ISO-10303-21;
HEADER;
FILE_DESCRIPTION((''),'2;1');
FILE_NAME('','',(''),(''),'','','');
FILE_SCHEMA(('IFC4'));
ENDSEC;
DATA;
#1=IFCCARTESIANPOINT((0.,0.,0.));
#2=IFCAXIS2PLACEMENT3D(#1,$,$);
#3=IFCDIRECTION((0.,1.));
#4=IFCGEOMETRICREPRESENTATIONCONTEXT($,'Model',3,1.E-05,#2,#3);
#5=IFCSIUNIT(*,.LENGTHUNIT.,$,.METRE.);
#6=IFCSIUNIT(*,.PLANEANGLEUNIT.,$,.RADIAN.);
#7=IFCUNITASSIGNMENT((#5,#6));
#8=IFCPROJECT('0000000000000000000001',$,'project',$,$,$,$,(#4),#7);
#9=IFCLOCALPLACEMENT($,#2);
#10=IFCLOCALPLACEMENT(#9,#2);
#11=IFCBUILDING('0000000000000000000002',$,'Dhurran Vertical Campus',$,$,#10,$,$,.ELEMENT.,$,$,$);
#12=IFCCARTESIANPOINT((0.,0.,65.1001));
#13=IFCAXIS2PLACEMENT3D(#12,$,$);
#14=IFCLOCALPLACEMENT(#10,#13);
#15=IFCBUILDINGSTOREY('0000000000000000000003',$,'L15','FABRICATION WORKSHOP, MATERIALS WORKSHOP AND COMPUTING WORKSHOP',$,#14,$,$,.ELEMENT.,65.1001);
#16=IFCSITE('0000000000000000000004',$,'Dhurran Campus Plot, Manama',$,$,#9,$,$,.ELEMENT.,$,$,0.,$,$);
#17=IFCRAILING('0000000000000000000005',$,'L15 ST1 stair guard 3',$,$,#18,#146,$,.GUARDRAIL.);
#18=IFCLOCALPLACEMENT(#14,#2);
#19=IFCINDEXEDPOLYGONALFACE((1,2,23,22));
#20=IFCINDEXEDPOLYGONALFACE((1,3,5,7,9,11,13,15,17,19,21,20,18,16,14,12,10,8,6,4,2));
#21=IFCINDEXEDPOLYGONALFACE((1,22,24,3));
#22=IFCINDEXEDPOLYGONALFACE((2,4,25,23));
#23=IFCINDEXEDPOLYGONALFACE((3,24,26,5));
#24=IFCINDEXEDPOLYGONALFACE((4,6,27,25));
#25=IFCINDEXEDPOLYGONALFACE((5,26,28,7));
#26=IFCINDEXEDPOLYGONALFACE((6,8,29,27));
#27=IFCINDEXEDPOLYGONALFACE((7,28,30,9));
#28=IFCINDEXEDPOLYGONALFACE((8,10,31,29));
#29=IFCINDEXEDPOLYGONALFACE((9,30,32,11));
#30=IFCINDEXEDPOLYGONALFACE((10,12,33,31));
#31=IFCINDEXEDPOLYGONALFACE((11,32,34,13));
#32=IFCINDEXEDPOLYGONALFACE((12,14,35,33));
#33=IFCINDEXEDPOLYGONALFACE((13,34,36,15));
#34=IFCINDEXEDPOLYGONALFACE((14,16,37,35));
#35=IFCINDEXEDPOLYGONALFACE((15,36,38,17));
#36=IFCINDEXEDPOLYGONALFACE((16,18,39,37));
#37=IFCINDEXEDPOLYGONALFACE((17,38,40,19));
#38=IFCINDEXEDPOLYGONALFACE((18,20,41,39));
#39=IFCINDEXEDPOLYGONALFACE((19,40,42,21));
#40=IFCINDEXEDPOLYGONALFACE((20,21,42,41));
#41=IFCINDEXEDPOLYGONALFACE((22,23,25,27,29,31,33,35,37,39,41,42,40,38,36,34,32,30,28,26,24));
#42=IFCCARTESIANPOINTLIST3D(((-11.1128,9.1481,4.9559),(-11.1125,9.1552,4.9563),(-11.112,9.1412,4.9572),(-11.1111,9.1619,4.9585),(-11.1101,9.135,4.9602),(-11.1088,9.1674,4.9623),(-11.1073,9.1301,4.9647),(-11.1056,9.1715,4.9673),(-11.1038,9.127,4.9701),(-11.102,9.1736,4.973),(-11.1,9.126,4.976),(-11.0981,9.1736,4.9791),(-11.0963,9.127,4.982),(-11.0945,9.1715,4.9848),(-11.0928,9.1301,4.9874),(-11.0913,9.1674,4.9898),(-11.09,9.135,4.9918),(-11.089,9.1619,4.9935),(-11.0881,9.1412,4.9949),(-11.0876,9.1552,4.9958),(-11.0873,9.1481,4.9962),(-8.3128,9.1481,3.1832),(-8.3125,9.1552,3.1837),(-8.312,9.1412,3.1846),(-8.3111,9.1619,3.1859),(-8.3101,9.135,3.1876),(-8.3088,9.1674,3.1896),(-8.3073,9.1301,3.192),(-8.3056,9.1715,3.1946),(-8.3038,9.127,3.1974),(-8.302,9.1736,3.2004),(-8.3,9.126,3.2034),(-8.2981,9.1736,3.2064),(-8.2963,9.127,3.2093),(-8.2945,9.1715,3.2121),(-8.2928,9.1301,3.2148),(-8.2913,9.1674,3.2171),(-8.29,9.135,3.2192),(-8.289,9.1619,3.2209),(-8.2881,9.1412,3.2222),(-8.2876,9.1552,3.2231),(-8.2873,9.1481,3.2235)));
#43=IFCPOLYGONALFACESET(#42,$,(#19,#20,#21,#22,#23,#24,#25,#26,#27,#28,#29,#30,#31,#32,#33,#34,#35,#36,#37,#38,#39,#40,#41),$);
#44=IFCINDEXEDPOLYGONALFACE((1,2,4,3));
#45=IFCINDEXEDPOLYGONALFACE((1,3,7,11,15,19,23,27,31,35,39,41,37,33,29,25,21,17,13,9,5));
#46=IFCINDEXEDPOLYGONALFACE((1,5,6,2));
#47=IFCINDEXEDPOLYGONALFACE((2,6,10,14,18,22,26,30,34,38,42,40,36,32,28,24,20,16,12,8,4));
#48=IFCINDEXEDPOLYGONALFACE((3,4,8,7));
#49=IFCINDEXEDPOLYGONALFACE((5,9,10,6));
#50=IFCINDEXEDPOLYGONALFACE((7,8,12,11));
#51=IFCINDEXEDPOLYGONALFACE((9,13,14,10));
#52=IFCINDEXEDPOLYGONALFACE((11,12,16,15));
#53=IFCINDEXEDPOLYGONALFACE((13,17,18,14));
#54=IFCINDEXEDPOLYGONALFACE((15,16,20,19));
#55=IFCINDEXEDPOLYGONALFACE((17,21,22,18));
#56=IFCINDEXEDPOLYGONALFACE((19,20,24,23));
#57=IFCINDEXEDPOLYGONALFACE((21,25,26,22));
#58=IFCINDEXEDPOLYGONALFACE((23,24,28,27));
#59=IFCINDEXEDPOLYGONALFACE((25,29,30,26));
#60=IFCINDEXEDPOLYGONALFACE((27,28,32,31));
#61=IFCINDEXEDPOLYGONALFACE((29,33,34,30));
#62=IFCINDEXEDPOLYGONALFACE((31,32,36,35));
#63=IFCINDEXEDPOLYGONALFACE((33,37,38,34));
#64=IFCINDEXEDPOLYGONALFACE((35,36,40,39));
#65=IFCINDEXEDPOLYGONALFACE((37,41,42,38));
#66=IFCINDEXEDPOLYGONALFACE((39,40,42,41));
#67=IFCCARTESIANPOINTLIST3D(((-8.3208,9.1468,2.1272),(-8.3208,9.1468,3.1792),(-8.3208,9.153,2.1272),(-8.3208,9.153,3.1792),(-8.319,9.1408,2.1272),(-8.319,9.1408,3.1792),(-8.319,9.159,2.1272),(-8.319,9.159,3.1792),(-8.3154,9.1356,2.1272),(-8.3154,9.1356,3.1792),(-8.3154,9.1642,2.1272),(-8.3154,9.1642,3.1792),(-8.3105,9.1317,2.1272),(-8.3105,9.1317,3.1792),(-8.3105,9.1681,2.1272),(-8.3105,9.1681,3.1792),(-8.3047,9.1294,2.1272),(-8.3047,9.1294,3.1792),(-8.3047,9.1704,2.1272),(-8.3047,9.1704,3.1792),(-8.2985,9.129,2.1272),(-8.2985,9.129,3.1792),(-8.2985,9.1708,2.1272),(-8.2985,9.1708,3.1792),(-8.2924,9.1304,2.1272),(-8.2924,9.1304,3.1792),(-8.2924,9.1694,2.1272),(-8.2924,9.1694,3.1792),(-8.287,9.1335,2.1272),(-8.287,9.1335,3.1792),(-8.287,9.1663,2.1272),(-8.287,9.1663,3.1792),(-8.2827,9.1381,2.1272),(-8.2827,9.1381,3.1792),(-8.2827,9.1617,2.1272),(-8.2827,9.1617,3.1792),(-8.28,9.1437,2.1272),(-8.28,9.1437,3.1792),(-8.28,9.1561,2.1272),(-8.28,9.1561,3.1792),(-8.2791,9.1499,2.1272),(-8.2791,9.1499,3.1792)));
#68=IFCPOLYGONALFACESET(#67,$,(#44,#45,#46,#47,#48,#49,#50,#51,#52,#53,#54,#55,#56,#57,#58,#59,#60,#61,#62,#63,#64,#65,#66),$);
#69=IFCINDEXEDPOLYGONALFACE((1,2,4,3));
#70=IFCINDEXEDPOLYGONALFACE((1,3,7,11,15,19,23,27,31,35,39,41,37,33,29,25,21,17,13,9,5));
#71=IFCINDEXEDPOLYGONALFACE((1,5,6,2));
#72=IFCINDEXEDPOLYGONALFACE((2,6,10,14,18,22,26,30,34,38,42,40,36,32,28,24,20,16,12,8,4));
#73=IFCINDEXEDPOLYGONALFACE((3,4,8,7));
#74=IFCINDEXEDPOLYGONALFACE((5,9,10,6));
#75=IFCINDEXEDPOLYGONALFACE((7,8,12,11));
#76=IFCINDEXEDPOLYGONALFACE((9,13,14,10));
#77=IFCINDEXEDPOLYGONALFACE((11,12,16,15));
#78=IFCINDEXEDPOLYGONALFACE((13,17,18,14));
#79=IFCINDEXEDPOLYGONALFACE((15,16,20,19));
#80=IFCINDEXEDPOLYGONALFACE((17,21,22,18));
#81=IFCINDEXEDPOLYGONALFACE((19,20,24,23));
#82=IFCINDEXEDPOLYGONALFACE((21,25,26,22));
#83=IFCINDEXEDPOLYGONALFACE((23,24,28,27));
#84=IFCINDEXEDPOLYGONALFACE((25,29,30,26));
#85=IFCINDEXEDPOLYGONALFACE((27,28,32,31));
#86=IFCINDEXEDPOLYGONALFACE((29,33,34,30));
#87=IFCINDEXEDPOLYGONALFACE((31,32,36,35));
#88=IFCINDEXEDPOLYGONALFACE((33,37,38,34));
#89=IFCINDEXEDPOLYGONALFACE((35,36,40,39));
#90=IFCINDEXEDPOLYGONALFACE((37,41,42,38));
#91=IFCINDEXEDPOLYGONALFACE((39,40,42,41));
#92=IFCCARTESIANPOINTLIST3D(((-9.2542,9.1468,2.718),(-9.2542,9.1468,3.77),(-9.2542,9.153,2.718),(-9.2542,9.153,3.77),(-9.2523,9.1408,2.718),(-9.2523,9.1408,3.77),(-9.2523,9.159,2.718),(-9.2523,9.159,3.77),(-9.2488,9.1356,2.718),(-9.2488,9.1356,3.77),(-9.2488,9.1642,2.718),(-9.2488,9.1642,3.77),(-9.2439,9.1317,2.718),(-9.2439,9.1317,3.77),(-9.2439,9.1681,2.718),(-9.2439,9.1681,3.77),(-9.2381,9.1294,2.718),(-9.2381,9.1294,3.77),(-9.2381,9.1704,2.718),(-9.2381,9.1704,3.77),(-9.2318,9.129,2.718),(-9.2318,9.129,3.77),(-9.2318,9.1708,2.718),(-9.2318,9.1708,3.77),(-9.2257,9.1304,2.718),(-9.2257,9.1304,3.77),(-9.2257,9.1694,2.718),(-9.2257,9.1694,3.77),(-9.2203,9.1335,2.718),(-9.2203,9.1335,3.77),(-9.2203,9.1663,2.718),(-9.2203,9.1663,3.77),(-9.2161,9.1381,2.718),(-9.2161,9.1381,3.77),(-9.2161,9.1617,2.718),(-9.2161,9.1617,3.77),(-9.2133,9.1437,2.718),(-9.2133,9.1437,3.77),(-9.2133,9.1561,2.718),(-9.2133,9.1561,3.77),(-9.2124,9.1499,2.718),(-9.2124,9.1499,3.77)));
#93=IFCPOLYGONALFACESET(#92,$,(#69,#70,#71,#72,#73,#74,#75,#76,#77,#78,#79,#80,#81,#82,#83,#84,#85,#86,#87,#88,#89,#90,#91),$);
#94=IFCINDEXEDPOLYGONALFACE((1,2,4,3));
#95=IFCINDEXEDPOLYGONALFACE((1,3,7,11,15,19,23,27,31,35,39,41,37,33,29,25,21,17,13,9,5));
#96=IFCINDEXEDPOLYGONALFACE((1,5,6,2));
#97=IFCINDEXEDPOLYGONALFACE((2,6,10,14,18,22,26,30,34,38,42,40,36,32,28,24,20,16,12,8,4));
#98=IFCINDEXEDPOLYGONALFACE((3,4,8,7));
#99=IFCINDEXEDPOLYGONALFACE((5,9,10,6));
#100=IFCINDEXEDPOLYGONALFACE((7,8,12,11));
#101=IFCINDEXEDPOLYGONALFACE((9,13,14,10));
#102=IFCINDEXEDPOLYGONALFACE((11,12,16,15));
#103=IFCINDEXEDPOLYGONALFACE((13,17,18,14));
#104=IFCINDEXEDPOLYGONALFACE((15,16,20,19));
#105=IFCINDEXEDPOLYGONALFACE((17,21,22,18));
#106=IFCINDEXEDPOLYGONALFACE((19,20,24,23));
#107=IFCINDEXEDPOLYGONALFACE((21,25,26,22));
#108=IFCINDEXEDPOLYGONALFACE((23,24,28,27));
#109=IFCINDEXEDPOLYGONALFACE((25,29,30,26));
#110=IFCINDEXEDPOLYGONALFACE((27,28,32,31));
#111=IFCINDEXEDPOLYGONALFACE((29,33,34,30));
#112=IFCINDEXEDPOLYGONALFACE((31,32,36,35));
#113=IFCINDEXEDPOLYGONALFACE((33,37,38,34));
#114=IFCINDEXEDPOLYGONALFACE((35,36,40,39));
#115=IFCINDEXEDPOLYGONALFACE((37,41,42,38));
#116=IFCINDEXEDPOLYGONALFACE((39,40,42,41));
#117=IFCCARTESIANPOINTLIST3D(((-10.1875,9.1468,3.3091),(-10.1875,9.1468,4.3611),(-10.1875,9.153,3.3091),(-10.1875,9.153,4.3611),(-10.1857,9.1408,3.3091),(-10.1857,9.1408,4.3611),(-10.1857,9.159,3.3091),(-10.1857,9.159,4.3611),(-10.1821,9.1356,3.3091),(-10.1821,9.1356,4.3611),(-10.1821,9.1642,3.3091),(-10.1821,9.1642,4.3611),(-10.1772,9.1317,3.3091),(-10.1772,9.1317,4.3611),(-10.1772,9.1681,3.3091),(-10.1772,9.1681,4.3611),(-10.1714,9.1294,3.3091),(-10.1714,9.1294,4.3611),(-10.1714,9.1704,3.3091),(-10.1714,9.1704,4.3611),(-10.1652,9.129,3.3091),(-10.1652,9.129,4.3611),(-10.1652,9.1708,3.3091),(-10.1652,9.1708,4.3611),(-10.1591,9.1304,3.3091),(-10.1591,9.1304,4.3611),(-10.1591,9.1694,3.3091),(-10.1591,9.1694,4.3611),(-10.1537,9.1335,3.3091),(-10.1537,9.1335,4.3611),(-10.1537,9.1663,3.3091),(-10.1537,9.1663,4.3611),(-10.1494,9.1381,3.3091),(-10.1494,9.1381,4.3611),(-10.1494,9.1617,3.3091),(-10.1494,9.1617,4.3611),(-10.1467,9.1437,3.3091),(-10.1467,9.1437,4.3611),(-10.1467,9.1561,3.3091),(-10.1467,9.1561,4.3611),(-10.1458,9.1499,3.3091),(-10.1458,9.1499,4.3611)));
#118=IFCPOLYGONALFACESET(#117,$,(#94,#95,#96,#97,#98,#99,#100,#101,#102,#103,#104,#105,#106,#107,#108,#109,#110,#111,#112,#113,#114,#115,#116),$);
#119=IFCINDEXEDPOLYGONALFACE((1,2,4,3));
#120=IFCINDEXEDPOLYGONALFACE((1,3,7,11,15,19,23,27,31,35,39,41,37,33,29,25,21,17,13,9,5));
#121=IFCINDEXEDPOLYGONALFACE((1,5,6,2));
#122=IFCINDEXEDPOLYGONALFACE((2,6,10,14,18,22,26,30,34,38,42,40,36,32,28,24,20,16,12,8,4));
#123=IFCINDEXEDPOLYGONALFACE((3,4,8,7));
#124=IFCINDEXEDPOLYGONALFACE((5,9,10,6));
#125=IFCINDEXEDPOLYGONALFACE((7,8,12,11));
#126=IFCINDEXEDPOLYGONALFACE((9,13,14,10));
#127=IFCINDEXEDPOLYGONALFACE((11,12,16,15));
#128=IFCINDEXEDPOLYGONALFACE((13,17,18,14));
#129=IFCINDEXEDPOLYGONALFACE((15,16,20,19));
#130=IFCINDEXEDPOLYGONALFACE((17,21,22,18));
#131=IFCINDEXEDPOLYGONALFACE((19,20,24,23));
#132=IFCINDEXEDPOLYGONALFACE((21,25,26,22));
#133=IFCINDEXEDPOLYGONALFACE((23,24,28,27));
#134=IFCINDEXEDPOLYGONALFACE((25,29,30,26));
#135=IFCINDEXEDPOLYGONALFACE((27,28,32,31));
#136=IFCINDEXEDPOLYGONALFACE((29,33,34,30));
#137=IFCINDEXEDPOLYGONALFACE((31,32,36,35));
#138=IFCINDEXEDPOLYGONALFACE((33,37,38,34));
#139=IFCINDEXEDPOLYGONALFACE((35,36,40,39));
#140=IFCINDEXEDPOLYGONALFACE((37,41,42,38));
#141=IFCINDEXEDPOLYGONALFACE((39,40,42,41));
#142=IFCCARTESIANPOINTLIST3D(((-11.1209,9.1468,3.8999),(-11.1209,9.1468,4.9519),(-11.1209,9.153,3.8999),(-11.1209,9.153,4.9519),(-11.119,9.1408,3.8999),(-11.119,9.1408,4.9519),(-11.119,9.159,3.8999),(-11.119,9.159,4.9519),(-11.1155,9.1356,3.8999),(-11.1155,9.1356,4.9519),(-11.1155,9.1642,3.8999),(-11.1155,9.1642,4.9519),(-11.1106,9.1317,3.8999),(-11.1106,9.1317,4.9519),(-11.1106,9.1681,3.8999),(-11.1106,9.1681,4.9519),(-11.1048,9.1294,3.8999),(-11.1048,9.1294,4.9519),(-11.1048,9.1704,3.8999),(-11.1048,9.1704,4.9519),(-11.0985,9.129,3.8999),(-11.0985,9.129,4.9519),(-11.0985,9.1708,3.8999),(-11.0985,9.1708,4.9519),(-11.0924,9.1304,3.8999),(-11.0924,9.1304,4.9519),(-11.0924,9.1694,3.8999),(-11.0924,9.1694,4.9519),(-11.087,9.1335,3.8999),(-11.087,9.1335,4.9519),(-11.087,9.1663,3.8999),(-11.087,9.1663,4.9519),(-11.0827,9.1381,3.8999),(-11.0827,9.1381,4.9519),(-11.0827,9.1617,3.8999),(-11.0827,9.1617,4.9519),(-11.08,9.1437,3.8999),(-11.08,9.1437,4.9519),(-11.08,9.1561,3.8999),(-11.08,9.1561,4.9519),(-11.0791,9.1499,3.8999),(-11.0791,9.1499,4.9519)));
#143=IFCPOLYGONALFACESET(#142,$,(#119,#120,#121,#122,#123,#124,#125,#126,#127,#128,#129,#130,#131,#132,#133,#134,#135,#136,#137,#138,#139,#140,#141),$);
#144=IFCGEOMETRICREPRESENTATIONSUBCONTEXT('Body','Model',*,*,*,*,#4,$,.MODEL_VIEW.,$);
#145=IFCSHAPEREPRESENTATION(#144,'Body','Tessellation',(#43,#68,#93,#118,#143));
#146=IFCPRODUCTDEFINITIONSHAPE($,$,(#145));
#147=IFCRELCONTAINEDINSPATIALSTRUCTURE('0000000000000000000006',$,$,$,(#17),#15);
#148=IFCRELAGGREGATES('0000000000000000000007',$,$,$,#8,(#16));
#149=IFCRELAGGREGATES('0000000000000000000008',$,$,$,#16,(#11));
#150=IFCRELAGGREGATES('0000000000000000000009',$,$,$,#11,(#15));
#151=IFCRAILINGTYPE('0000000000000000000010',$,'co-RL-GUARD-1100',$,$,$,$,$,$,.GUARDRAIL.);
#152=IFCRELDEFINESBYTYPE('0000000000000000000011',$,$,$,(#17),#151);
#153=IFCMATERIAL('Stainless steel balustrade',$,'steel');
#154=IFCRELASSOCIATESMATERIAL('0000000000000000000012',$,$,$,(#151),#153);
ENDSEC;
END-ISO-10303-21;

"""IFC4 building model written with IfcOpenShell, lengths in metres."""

from ifc_helpers import new_model, si_unit, direction, frame, origin, origin_2d, place, context, subcontext, project, spatial, circle, extrude, material, type_object, element, save


model = new_model("IFC4")

# Units and contexts
model_context = context("Model", 3, precision=1e-05, world=origin(), true_north=direction((0.0, 1.0)))
body_context = subcontext(model_context, "Body", "Model", "MODEL_VIEW")
ifc_project = project(units=[si_unit("LENGTHUNIT", "METRE"), si_unit("PLANEANGLEUNIT", "RADIAN")], contexts=[model_context])

# Site, building, storey
site_placement = place(None, origin())
site = spatial("IfcSite", under=ifc_project, at=site_placement, Name="Dhurran Campus Plot, Manama", CompositionType="ELEMENT", RefElevation=0.0)
building_placement = place(site_placement, origin())
building = spatial("IfcBuilding", under=site, at=building_placement, Name="Dhurran Vertical Campus", CompositionType="ELEMENT")
storey_placement = place(building_placement, frame((0.0, 0.0, 65.1001)))
storey = spatial("IfcBuildingStorey", under=building, at=storey_placement, Name="L15", Description="FABRICATION WORKSHOP, MATERIALS WORKSHOP AND COMPUTING WORKSHOP", CompositionType="ELEMENT", Elevation=65.1001)

# Railing
ifc_material_1 = material(Name="Stainless steel balustrade", Category="steel")
railing_type_1 = type_object("IfcRailingType", Name="co-RL-GUARD-1100", PredefinedType="GUARDRAIL", material=ifc_material_1)
railing_1_placement = place(storey_placement, frame((-8.3, 9.1499, 2.1272)))
element("IfcRailing", 1, at=railing_1_placement, inside=storey, type_object=railing_type_1, Name="L15 ST1 stair guard 3", PredefinedType="GUARDRAIL", context=body_context, shape_type="SweptSolid", body=[
    extrude(circle(Radius=0.0239, at=origin_2d()), frame((0.0, 0.0, 1.0762), z_axis=(-0.844909, 0.0, 0.53491), x_axis=(0.0, -1.0, 0.0)), (0.0, 0.0, 1.0), 3.314),
    extrude(circle(Radius=0.021, at=origin_2d()), origin(), (0.0, 0.0, 1.0), 1.052),
    extrude(circle(Radius=0.021, at=origin_2d()), frame((-0.9333, 0.0, 0.5908)), (0.0, 0.0, 1.0), 1.052),
    extrude(circle(Radius=0.021, at=origin_2d()), frame((-1.8667, 0.0, 1.1819)), (0.0, 0.0, 1.0), 1.052),
    extrude(circle(Radius=0.021, at=origin_2d()), frame((-2.8, 0.0, 1.7727)), (0.0, 0.0, 1.0), 1.052),
])

save(model, "model.ifc")
